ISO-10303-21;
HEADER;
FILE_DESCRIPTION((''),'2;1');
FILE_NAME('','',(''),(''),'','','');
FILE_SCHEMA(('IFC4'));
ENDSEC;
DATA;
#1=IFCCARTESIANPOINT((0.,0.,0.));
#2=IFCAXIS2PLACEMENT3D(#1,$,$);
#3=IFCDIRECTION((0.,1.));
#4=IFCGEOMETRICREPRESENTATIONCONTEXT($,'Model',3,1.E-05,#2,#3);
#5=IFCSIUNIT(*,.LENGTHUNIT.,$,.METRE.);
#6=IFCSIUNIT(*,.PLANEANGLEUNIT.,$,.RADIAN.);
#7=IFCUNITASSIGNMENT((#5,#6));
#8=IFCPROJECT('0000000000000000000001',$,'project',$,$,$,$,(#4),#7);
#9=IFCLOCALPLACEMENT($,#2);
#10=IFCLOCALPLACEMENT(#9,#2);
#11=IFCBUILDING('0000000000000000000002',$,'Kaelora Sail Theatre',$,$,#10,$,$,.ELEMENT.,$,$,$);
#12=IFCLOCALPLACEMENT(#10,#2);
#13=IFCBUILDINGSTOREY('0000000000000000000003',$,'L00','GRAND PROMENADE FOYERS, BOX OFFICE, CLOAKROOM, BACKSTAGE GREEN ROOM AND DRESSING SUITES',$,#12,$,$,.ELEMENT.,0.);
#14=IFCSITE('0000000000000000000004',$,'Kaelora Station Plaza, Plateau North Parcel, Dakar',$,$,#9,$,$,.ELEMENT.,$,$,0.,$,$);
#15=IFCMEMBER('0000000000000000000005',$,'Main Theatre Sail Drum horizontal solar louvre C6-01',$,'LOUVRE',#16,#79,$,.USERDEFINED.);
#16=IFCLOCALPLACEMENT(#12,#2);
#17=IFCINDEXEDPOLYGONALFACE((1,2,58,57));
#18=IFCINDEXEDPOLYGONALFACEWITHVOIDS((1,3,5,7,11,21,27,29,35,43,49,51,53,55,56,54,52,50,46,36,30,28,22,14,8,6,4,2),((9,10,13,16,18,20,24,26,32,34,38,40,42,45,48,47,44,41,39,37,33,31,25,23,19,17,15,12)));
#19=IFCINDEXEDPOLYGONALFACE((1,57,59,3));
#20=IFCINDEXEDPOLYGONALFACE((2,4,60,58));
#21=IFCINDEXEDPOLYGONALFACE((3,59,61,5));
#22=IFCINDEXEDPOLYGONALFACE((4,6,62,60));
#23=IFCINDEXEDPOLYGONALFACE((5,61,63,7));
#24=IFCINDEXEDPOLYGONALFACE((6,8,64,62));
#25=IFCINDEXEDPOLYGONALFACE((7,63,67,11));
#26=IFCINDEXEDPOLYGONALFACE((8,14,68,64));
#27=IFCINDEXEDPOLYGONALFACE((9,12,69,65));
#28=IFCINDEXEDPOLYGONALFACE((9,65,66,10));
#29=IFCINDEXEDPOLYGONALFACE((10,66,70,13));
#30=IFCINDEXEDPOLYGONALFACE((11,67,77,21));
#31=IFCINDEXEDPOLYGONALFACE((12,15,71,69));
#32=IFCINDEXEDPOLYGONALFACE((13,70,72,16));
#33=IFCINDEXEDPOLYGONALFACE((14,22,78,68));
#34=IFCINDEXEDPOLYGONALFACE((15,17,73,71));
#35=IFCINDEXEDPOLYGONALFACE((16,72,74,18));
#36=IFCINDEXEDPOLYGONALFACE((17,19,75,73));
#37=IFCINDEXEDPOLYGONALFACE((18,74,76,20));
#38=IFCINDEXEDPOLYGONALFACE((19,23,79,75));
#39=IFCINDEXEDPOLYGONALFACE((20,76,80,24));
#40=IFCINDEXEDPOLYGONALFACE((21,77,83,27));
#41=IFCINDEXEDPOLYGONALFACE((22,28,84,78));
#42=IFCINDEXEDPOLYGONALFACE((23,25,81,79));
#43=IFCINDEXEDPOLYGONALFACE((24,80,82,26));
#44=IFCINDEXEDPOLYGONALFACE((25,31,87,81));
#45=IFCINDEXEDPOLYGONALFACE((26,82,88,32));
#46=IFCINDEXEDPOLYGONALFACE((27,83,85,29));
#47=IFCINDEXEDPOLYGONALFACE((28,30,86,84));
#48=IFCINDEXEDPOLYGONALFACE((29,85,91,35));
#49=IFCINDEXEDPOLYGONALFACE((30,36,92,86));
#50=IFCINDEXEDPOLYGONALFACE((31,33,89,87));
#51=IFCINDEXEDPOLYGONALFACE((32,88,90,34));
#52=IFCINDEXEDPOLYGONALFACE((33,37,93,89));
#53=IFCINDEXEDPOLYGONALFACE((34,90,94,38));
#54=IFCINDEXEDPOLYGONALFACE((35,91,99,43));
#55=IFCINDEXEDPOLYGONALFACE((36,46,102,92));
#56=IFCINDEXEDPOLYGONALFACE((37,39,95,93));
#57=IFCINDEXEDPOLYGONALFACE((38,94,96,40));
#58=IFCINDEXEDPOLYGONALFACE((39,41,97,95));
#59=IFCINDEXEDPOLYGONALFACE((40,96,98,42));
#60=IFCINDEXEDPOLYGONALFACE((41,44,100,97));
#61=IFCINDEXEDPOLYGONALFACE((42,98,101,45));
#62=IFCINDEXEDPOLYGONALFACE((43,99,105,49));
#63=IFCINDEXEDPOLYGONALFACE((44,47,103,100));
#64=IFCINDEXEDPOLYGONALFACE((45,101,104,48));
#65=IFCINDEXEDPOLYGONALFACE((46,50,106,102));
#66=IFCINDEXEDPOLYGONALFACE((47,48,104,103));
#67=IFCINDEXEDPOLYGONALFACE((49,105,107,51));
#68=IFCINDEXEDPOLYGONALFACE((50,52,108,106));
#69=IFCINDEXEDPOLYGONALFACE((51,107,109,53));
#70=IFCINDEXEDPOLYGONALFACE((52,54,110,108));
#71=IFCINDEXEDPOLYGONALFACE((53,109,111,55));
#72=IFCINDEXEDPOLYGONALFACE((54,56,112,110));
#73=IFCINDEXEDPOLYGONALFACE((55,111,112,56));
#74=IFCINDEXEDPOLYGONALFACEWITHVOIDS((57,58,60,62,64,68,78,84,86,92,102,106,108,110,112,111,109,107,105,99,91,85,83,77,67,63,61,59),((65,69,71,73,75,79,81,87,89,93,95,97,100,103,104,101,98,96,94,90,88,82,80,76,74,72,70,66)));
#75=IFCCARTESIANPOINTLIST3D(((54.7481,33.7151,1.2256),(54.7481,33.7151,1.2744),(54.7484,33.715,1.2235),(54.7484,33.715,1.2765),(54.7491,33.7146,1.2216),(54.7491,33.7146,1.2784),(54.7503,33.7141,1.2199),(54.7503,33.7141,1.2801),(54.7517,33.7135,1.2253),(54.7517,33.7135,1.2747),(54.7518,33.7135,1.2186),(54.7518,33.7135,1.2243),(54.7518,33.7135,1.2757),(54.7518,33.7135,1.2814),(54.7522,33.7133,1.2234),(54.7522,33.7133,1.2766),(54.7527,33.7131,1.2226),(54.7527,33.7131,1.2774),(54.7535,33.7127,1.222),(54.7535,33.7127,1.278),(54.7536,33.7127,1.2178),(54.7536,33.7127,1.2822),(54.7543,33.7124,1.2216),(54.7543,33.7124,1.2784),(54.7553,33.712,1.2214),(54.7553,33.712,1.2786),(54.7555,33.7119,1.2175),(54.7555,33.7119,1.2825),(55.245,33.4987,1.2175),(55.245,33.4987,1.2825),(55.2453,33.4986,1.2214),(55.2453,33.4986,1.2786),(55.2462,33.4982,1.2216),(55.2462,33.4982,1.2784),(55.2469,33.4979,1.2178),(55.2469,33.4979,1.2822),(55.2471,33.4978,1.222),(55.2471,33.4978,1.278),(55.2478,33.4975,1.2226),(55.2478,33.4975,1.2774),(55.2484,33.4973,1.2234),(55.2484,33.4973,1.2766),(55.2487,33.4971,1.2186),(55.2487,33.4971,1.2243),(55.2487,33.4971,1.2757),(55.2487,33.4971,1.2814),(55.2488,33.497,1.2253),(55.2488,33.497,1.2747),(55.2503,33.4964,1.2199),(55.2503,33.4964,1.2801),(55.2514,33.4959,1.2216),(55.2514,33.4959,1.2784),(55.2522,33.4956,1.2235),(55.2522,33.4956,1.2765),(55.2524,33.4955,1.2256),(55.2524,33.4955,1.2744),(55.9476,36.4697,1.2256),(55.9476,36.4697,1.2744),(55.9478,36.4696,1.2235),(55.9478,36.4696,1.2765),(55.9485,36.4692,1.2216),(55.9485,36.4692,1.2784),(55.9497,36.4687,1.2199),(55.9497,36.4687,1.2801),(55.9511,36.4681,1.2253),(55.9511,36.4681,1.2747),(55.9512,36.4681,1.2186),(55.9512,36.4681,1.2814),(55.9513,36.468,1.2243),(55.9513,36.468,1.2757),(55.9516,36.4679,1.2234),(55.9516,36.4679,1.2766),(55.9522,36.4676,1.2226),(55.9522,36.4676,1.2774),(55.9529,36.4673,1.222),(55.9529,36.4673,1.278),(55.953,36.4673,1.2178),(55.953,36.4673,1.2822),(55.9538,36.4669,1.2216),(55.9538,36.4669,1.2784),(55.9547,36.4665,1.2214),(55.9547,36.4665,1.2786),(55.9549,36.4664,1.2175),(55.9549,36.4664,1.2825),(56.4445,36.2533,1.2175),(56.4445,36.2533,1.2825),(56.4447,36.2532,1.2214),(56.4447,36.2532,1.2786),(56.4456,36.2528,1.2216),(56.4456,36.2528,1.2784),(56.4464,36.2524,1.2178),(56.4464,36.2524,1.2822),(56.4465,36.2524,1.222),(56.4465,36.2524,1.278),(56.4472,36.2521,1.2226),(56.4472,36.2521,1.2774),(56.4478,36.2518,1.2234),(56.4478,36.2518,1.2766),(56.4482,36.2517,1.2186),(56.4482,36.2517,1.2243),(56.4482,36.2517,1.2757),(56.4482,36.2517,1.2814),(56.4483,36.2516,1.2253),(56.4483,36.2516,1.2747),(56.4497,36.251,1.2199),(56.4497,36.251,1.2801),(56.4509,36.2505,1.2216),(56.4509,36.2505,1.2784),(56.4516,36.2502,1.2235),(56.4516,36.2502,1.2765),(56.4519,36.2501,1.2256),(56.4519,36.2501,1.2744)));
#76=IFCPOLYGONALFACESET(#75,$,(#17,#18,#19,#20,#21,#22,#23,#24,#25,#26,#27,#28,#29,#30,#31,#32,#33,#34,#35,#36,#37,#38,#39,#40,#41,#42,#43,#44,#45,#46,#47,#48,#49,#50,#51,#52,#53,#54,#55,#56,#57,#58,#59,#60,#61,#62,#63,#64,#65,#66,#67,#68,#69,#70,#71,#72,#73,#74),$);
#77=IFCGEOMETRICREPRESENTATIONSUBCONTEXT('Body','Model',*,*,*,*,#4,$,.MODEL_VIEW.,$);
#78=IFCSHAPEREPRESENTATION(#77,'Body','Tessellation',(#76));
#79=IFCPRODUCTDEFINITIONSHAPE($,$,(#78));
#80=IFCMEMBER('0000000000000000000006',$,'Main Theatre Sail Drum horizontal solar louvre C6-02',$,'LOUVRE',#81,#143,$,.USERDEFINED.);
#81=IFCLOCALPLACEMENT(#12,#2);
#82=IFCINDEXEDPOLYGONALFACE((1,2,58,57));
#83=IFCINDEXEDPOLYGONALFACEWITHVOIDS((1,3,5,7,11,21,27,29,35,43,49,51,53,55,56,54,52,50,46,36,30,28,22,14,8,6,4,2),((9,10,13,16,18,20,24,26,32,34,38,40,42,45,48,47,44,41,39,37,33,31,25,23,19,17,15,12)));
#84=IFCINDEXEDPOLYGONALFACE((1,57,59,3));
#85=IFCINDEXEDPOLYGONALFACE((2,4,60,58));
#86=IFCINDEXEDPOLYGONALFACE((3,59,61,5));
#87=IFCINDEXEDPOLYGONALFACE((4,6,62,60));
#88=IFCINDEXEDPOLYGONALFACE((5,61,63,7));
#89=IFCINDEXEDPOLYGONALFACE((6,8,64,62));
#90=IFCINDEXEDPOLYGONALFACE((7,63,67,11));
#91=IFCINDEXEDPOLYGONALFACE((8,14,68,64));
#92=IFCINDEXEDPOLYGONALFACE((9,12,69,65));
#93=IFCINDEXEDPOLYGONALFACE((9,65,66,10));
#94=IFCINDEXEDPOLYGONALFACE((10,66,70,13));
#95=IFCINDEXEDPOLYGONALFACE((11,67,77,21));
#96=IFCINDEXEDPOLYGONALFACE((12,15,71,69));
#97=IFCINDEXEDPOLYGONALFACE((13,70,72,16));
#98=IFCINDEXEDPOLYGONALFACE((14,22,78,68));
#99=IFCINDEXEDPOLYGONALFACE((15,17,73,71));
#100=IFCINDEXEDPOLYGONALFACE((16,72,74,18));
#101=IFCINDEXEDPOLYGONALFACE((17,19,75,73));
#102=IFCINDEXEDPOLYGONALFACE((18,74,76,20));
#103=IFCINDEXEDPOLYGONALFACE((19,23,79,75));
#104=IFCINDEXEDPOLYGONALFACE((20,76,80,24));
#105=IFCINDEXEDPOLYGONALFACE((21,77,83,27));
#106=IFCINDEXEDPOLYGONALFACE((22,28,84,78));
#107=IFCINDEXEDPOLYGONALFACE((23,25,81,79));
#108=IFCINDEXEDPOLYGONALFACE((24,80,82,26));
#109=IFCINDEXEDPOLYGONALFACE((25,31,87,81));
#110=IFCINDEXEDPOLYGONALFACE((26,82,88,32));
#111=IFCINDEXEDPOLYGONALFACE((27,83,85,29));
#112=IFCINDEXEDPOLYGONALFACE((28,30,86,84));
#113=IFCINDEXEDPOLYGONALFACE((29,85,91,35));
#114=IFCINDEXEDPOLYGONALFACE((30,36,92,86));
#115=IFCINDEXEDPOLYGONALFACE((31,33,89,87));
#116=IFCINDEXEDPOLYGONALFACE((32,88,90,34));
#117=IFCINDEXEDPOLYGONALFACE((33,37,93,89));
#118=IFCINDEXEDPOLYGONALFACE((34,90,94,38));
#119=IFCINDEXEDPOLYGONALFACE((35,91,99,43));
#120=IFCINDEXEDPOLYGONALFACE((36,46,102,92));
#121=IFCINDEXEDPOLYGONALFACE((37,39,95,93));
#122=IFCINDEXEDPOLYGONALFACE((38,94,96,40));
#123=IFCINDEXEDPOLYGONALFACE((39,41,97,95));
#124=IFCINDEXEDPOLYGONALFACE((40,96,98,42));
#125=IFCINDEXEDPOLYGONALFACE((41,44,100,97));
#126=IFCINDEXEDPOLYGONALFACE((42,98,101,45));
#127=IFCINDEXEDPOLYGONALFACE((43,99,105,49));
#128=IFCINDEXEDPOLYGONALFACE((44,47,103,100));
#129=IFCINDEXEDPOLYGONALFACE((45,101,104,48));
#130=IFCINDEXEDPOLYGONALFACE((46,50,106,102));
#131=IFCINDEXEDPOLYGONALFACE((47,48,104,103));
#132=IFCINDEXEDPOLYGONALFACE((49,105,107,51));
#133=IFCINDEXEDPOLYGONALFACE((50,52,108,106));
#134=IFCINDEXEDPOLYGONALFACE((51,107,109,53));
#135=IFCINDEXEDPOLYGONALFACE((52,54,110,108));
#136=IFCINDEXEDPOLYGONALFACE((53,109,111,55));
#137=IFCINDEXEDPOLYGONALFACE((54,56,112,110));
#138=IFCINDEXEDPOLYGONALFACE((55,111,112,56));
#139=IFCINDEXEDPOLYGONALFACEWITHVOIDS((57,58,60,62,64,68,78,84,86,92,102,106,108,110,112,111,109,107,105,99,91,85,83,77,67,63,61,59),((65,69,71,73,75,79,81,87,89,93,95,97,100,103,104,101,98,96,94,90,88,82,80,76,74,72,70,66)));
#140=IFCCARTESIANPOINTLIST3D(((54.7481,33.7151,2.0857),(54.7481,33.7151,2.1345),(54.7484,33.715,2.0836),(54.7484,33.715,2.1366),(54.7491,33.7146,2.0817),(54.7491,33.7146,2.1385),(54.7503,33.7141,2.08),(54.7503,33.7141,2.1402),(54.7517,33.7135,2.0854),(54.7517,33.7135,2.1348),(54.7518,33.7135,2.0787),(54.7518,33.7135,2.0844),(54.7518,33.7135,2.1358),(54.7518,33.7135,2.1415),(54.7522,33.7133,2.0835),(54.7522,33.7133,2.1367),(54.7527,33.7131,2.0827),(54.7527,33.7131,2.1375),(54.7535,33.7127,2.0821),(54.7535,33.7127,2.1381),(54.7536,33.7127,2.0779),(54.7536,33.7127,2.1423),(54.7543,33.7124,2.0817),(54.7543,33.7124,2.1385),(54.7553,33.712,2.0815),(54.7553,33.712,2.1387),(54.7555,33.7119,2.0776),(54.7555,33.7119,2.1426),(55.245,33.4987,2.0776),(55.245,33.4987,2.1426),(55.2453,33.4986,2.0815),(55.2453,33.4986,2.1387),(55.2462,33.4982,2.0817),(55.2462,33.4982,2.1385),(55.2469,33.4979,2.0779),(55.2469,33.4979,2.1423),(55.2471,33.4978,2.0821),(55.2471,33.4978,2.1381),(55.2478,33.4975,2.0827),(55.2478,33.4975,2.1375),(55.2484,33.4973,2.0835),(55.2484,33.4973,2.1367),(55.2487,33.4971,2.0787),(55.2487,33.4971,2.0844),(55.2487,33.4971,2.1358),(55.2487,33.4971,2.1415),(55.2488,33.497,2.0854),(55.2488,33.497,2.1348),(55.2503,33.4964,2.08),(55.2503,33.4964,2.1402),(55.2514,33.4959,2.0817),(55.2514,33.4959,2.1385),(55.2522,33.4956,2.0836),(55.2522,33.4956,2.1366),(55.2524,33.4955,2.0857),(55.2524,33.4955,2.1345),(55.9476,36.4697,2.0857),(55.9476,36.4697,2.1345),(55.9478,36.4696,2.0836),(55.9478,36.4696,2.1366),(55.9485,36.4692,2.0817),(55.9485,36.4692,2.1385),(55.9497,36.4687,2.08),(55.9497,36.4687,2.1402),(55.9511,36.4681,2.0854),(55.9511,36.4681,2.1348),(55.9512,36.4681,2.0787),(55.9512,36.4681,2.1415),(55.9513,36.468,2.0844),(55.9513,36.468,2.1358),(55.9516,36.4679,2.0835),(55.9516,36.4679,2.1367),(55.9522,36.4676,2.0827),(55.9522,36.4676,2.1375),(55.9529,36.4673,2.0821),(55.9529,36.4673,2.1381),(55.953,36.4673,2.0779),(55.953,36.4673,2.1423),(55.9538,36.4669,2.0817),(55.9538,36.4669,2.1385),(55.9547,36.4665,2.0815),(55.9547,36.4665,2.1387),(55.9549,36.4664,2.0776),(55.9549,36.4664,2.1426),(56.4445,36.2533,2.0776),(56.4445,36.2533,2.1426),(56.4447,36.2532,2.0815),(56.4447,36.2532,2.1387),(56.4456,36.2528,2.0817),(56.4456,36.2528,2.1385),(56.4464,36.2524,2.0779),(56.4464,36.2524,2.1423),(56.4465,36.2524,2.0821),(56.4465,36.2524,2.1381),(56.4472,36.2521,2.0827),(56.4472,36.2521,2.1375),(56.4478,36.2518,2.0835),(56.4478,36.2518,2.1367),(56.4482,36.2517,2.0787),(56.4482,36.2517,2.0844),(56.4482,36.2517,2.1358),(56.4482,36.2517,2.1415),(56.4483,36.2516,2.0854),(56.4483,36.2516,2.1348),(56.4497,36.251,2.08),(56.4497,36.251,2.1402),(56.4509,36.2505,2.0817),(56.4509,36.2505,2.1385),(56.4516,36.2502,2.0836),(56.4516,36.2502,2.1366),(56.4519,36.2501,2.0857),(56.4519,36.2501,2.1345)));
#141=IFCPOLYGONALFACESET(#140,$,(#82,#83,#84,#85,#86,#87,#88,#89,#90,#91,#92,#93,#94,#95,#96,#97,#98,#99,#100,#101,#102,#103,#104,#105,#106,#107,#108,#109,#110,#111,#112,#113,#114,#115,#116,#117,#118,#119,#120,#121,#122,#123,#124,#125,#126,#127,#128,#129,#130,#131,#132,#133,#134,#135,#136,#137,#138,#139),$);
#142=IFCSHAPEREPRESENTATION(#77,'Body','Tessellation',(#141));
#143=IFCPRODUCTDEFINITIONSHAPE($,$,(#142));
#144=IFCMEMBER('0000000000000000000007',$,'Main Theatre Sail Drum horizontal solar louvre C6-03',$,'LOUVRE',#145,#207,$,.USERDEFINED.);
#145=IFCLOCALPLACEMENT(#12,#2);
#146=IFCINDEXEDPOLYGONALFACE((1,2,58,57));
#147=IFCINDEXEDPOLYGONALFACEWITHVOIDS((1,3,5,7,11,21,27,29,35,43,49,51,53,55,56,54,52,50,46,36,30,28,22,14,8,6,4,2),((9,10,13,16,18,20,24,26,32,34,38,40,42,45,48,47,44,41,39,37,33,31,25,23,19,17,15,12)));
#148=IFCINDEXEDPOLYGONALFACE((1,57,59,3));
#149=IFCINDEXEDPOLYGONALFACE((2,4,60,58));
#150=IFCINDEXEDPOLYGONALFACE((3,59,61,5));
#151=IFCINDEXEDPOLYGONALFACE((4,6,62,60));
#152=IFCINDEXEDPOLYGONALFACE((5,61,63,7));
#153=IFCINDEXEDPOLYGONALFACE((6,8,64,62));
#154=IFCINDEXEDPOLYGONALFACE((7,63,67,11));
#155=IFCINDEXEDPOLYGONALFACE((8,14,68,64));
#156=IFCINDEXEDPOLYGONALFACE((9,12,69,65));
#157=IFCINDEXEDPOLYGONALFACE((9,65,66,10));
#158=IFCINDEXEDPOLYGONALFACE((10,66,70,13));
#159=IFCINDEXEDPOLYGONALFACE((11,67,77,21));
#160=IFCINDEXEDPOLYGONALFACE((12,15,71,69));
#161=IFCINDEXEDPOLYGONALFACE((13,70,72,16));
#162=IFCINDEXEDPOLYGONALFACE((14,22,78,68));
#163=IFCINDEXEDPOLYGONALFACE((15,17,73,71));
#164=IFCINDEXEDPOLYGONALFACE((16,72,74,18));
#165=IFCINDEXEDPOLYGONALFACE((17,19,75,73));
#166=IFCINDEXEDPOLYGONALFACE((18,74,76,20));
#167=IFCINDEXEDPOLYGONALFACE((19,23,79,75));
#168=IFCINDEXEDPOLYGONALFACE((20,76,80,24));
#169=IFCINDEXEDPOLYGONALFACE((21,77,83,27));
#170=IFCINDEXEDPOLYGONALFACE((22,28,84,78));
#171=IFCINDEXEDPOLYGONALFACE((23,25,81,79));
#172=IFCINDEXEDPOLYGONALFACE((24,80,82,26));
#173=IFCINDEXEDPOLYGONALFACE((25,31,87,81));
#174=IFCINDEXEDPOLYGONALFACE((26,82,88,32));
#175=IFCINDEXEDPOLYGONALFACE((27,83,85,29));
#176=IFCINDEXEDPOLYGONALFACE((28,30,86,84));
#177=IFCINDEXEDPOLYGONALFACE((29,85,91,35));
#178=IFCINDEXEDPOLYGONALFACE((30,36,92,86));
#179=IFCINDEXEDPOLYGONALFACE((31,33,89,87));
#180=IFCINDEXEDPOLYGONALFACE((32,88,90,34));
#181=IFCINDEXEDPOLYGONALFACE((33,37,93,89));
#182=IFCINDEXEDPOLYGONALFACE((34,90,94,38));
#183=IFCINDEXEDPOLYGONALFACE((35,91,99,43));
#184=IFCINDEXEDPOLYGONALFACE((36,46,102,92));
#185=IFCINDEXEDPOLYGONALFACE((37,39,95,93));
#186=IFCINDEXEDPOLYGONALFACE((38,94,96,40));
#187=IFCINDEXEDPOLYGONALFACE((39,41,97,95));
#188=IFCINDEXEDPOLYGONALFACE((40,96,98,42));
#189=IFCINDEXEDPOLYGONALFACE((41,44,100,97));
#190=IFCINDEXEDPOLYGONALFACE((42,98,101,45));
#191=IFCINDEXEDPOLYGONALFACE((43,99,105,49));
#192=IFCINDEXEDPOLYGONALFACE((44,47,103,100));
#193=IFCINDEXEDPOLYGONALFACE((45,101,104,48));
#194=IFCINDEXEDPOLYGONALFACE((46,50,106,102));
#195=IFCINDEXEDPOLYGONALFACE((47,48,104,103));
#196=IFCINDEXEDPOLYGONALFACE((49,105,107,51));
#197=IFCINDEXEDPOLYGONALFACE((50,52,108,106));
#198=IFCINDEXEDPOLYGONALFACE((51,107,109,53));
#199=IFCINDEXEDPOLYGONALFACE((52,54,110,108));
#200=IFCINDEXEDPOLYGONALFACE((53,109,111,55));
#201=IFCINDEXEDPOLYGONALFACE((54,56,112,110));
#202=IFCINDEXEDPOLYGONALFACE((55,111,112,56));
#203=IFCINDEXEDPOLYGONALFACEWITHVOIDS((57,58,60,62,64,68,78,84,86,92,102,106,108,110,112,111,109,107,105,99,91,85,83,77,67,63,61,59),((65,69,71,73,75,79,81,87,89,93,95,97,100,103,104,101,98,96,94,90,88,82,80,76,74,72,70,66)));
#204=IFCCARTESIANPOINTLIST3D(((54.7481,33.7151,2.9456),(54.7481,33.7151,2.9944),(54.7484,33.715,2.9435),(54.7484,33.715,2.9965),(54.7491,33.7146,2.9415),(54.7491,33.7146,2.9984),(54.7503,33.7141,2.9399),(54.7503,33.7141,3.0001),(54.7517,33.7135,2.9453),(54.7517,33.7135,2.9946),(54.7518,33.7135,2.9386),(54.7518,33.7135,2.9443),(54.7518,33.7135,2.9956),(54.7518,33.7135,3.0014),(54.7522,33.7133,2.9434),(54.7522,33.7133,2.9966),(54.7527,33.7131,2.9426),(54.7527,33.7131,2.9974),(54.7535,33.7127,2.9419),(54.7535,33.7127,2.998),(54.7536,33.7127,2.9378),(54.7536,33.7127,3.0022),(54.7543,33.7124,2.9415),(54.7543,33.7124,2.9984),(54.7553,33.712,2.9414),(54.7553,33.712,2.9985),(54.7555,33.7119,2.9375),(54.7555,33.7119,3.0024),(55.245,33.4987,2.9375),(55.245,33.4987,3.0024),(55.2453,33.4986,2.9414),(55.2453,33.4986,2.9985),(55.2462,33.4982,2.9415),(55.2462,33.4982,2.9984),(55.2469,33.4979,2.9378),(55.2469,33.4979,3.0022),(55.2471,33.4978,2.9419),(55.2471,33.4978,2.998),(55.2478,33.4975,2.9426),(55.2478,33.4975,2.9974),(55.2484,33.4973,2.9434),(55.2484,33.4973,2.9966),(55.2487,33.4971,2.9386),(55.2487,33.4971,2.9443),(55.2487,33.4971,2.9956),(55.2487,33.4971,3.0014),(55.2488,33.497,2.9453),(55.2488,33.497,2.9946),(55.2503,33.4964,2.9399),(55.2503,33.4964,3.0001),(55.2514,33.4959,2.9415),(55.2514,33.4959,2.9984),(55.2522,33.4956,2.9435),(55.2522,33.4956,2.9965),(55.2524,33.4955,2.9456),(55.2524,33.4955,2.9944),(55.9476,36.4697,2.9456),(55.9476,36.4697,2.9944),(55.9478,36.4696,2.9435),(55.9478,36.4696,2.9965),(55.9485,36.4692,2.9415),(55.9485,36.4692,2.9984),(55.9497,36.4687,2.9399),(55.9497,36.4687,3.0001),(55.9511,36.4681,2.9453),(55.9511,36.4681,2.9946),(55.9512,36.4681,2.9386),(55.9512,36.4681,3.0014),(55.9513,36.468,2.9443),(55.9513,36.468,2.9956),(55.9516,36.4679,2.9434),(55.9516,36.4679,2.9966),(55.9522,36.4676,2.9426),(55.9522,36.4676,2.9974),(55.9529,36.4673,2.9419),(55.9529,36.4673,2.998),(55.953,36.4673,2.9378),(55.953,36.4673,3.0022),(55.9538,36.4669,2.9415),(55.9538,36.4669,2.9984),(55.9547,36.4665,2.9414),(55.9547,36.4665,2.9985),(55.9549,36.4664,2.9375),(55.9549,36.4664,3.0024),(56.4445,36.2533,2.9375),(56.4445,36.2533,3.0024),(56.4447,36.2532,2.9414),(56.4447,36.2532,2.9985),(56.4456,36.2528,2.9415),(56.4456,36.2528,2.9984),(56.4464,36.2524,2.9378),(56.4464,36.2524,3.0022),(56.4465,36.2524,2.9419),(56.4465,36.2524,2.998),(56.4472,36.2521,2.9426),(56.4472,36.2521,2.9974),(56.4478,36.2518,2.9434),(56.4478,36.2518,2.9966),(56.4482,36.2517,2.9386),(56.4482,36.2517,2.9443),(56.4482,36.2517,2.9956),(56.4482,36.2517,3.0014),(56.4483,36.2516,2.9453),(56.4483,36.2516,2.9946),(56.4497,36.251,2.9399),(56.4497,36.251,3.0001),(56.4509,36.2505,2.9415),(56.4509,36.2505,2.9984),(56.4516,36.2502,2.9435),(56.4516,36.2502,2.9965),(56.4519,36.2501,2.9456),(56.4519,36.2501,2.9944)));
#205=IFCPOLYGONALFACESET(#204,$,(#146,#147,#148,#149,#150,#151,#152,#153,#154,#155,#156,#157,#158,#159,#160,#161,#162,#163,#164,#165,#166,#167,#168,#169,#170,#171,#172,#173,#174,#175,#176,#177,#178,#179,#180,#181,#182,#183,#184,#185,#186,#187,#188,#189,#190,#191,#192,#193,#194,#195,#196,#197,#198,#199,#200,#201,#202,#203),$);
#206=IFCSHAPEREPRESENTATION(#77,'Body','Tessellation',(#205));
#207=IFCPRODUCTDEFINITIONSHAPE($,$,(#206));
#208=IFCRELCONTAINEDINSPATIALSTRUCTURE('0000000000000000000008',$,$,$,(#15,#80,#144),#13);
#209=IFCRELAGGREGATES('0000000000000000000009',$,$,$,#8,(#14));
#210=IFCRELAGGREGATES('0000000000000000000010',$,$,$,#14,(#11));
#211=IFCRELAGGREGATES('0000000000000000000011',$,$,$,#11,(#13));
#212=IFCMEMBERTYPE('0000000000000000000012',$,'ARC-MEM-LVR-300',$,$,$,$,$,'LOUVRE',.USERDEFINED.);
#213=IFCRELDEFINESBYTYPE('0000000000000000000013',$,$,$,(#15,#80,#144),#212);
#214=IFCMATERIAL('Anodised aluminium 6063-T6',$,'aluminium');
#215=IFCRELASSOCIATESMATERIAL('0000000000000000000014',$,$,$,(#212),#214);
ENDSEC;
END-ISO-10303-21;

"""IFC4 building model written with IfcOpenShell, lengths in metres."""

from ifc_helpers import new_model, si_unit, direction, frame, origin, origin_2d, place, context, subcontext, project, spatial, hollow_rectangle, extrude, material, material_profile, profile_set, type_object, element, save


model = new_model("IFC4")

# Units and contexts
model_context = context("Model", 3, precision=1e-05, world=origin(), true_north=direction((0.0, 1.0)))
body_context = subcontext(model_context, "Body", "Model", "MODEL_VIEW")
ifc_project = project(units=[si_unit("LENGTHUNIT", "METRE"), si_unit("PLANEANGLEUNIT", "RADIAN")], contexts=[model_context])

# Site, building, storey
site_placement = place(None, origin())
site = spatial("IfcSite", under=ifc_project, at=site_placement, Name="Kaelora Station Plaza, Plateau North Parcel, Dakar", CompositionType="ELEMENT", RefElevation=0.0)
building_placement = place(site_placement, origin())
building = spatial("IfcBuilding", under=site, at=building_placement, Name="Kaelora Sail Theatre", CompositionType="ELEMENT")
storey_placement = place(building_placement, origin())
storey = spatial("IfcBuildingStorey", under=building, at=storey_placement, Name="L00", Description="GRAND PROMENADE FOYERS, BOX OFFICE, CLOAKROOM, BACKSTAGE GREEN ROOM AND DRESSING SUITES", CompositionType="ELEMENT", Elevation=0.0)

# Members
ifc_material_1 = material(Name="Anodised aluminium 6063-T6", Category="aluminium")
ifc_material_profile_1 = material_profile(ifc_material_1, hollow_rectangle(XDim=0.55, YDim=0.0649, WallThickness=0.0039, InnerFilletRadius=0.0039, OuterFilletRadius=0.0081, at=origin_2d()), Name="LOUVRE 550x65x4")
ifc_profile_set_1 = profile_set([ifc_material_profile_1], Name="Anodised aluminium 6063-T6")
member_type_1 = type_object("IfcMemberType", Name="ARC-MEM-LVR-300", ElementType="LOUVRE", PredefinedType="USERDEFINED", material=ifc_profile_set_1)
for number, where, z_axis, x_axis, name in (
    (1, (56.1997, 36.3599, 1.25), (-0.399228, -0.916852, 0.0), (0.916852, -0.399228, 0.0), "Main Theatre Sail Drum horizontal solar louvre C6-01"),
    (2, (56.1997, 36.3599, 2.1101), (-0.399228, -0.916852, 0.0), (0.916852, -0.399228, 0.0), "Main Theatre Sail Drum horizontal solar louvre C6-02"),
    (3, (56.1997, 36.3599, 2.97), (-0.399228, -0.916852, 0.0), (0.916852, -0.399228, 0.0), "Main Theatre Sail Drum horizontal solar louvre C6-03"),
):
    element("IfcMember", number, at=place(storey_placement, frame(where, z_axis=z_axis, x_axis=x_axis)), inside=storey, type_object=member_type_1, Name=name, ObjectType="LOUVRE", PredefinedType="USERDEFINED", context=body_context, shape_type="SweptSolid", body=[
        extrude(hollow_rectangle(XDim=0.55, YDim=0.0649, WallThickness=0.0039, InnerFilletRadius=0.0039, OuterFilletRadius=0.0081, at=origin_2d()), origin(), (0.0, 0.0, 1.0), 3.0044),
    ])

save(model, "model.ifc")
